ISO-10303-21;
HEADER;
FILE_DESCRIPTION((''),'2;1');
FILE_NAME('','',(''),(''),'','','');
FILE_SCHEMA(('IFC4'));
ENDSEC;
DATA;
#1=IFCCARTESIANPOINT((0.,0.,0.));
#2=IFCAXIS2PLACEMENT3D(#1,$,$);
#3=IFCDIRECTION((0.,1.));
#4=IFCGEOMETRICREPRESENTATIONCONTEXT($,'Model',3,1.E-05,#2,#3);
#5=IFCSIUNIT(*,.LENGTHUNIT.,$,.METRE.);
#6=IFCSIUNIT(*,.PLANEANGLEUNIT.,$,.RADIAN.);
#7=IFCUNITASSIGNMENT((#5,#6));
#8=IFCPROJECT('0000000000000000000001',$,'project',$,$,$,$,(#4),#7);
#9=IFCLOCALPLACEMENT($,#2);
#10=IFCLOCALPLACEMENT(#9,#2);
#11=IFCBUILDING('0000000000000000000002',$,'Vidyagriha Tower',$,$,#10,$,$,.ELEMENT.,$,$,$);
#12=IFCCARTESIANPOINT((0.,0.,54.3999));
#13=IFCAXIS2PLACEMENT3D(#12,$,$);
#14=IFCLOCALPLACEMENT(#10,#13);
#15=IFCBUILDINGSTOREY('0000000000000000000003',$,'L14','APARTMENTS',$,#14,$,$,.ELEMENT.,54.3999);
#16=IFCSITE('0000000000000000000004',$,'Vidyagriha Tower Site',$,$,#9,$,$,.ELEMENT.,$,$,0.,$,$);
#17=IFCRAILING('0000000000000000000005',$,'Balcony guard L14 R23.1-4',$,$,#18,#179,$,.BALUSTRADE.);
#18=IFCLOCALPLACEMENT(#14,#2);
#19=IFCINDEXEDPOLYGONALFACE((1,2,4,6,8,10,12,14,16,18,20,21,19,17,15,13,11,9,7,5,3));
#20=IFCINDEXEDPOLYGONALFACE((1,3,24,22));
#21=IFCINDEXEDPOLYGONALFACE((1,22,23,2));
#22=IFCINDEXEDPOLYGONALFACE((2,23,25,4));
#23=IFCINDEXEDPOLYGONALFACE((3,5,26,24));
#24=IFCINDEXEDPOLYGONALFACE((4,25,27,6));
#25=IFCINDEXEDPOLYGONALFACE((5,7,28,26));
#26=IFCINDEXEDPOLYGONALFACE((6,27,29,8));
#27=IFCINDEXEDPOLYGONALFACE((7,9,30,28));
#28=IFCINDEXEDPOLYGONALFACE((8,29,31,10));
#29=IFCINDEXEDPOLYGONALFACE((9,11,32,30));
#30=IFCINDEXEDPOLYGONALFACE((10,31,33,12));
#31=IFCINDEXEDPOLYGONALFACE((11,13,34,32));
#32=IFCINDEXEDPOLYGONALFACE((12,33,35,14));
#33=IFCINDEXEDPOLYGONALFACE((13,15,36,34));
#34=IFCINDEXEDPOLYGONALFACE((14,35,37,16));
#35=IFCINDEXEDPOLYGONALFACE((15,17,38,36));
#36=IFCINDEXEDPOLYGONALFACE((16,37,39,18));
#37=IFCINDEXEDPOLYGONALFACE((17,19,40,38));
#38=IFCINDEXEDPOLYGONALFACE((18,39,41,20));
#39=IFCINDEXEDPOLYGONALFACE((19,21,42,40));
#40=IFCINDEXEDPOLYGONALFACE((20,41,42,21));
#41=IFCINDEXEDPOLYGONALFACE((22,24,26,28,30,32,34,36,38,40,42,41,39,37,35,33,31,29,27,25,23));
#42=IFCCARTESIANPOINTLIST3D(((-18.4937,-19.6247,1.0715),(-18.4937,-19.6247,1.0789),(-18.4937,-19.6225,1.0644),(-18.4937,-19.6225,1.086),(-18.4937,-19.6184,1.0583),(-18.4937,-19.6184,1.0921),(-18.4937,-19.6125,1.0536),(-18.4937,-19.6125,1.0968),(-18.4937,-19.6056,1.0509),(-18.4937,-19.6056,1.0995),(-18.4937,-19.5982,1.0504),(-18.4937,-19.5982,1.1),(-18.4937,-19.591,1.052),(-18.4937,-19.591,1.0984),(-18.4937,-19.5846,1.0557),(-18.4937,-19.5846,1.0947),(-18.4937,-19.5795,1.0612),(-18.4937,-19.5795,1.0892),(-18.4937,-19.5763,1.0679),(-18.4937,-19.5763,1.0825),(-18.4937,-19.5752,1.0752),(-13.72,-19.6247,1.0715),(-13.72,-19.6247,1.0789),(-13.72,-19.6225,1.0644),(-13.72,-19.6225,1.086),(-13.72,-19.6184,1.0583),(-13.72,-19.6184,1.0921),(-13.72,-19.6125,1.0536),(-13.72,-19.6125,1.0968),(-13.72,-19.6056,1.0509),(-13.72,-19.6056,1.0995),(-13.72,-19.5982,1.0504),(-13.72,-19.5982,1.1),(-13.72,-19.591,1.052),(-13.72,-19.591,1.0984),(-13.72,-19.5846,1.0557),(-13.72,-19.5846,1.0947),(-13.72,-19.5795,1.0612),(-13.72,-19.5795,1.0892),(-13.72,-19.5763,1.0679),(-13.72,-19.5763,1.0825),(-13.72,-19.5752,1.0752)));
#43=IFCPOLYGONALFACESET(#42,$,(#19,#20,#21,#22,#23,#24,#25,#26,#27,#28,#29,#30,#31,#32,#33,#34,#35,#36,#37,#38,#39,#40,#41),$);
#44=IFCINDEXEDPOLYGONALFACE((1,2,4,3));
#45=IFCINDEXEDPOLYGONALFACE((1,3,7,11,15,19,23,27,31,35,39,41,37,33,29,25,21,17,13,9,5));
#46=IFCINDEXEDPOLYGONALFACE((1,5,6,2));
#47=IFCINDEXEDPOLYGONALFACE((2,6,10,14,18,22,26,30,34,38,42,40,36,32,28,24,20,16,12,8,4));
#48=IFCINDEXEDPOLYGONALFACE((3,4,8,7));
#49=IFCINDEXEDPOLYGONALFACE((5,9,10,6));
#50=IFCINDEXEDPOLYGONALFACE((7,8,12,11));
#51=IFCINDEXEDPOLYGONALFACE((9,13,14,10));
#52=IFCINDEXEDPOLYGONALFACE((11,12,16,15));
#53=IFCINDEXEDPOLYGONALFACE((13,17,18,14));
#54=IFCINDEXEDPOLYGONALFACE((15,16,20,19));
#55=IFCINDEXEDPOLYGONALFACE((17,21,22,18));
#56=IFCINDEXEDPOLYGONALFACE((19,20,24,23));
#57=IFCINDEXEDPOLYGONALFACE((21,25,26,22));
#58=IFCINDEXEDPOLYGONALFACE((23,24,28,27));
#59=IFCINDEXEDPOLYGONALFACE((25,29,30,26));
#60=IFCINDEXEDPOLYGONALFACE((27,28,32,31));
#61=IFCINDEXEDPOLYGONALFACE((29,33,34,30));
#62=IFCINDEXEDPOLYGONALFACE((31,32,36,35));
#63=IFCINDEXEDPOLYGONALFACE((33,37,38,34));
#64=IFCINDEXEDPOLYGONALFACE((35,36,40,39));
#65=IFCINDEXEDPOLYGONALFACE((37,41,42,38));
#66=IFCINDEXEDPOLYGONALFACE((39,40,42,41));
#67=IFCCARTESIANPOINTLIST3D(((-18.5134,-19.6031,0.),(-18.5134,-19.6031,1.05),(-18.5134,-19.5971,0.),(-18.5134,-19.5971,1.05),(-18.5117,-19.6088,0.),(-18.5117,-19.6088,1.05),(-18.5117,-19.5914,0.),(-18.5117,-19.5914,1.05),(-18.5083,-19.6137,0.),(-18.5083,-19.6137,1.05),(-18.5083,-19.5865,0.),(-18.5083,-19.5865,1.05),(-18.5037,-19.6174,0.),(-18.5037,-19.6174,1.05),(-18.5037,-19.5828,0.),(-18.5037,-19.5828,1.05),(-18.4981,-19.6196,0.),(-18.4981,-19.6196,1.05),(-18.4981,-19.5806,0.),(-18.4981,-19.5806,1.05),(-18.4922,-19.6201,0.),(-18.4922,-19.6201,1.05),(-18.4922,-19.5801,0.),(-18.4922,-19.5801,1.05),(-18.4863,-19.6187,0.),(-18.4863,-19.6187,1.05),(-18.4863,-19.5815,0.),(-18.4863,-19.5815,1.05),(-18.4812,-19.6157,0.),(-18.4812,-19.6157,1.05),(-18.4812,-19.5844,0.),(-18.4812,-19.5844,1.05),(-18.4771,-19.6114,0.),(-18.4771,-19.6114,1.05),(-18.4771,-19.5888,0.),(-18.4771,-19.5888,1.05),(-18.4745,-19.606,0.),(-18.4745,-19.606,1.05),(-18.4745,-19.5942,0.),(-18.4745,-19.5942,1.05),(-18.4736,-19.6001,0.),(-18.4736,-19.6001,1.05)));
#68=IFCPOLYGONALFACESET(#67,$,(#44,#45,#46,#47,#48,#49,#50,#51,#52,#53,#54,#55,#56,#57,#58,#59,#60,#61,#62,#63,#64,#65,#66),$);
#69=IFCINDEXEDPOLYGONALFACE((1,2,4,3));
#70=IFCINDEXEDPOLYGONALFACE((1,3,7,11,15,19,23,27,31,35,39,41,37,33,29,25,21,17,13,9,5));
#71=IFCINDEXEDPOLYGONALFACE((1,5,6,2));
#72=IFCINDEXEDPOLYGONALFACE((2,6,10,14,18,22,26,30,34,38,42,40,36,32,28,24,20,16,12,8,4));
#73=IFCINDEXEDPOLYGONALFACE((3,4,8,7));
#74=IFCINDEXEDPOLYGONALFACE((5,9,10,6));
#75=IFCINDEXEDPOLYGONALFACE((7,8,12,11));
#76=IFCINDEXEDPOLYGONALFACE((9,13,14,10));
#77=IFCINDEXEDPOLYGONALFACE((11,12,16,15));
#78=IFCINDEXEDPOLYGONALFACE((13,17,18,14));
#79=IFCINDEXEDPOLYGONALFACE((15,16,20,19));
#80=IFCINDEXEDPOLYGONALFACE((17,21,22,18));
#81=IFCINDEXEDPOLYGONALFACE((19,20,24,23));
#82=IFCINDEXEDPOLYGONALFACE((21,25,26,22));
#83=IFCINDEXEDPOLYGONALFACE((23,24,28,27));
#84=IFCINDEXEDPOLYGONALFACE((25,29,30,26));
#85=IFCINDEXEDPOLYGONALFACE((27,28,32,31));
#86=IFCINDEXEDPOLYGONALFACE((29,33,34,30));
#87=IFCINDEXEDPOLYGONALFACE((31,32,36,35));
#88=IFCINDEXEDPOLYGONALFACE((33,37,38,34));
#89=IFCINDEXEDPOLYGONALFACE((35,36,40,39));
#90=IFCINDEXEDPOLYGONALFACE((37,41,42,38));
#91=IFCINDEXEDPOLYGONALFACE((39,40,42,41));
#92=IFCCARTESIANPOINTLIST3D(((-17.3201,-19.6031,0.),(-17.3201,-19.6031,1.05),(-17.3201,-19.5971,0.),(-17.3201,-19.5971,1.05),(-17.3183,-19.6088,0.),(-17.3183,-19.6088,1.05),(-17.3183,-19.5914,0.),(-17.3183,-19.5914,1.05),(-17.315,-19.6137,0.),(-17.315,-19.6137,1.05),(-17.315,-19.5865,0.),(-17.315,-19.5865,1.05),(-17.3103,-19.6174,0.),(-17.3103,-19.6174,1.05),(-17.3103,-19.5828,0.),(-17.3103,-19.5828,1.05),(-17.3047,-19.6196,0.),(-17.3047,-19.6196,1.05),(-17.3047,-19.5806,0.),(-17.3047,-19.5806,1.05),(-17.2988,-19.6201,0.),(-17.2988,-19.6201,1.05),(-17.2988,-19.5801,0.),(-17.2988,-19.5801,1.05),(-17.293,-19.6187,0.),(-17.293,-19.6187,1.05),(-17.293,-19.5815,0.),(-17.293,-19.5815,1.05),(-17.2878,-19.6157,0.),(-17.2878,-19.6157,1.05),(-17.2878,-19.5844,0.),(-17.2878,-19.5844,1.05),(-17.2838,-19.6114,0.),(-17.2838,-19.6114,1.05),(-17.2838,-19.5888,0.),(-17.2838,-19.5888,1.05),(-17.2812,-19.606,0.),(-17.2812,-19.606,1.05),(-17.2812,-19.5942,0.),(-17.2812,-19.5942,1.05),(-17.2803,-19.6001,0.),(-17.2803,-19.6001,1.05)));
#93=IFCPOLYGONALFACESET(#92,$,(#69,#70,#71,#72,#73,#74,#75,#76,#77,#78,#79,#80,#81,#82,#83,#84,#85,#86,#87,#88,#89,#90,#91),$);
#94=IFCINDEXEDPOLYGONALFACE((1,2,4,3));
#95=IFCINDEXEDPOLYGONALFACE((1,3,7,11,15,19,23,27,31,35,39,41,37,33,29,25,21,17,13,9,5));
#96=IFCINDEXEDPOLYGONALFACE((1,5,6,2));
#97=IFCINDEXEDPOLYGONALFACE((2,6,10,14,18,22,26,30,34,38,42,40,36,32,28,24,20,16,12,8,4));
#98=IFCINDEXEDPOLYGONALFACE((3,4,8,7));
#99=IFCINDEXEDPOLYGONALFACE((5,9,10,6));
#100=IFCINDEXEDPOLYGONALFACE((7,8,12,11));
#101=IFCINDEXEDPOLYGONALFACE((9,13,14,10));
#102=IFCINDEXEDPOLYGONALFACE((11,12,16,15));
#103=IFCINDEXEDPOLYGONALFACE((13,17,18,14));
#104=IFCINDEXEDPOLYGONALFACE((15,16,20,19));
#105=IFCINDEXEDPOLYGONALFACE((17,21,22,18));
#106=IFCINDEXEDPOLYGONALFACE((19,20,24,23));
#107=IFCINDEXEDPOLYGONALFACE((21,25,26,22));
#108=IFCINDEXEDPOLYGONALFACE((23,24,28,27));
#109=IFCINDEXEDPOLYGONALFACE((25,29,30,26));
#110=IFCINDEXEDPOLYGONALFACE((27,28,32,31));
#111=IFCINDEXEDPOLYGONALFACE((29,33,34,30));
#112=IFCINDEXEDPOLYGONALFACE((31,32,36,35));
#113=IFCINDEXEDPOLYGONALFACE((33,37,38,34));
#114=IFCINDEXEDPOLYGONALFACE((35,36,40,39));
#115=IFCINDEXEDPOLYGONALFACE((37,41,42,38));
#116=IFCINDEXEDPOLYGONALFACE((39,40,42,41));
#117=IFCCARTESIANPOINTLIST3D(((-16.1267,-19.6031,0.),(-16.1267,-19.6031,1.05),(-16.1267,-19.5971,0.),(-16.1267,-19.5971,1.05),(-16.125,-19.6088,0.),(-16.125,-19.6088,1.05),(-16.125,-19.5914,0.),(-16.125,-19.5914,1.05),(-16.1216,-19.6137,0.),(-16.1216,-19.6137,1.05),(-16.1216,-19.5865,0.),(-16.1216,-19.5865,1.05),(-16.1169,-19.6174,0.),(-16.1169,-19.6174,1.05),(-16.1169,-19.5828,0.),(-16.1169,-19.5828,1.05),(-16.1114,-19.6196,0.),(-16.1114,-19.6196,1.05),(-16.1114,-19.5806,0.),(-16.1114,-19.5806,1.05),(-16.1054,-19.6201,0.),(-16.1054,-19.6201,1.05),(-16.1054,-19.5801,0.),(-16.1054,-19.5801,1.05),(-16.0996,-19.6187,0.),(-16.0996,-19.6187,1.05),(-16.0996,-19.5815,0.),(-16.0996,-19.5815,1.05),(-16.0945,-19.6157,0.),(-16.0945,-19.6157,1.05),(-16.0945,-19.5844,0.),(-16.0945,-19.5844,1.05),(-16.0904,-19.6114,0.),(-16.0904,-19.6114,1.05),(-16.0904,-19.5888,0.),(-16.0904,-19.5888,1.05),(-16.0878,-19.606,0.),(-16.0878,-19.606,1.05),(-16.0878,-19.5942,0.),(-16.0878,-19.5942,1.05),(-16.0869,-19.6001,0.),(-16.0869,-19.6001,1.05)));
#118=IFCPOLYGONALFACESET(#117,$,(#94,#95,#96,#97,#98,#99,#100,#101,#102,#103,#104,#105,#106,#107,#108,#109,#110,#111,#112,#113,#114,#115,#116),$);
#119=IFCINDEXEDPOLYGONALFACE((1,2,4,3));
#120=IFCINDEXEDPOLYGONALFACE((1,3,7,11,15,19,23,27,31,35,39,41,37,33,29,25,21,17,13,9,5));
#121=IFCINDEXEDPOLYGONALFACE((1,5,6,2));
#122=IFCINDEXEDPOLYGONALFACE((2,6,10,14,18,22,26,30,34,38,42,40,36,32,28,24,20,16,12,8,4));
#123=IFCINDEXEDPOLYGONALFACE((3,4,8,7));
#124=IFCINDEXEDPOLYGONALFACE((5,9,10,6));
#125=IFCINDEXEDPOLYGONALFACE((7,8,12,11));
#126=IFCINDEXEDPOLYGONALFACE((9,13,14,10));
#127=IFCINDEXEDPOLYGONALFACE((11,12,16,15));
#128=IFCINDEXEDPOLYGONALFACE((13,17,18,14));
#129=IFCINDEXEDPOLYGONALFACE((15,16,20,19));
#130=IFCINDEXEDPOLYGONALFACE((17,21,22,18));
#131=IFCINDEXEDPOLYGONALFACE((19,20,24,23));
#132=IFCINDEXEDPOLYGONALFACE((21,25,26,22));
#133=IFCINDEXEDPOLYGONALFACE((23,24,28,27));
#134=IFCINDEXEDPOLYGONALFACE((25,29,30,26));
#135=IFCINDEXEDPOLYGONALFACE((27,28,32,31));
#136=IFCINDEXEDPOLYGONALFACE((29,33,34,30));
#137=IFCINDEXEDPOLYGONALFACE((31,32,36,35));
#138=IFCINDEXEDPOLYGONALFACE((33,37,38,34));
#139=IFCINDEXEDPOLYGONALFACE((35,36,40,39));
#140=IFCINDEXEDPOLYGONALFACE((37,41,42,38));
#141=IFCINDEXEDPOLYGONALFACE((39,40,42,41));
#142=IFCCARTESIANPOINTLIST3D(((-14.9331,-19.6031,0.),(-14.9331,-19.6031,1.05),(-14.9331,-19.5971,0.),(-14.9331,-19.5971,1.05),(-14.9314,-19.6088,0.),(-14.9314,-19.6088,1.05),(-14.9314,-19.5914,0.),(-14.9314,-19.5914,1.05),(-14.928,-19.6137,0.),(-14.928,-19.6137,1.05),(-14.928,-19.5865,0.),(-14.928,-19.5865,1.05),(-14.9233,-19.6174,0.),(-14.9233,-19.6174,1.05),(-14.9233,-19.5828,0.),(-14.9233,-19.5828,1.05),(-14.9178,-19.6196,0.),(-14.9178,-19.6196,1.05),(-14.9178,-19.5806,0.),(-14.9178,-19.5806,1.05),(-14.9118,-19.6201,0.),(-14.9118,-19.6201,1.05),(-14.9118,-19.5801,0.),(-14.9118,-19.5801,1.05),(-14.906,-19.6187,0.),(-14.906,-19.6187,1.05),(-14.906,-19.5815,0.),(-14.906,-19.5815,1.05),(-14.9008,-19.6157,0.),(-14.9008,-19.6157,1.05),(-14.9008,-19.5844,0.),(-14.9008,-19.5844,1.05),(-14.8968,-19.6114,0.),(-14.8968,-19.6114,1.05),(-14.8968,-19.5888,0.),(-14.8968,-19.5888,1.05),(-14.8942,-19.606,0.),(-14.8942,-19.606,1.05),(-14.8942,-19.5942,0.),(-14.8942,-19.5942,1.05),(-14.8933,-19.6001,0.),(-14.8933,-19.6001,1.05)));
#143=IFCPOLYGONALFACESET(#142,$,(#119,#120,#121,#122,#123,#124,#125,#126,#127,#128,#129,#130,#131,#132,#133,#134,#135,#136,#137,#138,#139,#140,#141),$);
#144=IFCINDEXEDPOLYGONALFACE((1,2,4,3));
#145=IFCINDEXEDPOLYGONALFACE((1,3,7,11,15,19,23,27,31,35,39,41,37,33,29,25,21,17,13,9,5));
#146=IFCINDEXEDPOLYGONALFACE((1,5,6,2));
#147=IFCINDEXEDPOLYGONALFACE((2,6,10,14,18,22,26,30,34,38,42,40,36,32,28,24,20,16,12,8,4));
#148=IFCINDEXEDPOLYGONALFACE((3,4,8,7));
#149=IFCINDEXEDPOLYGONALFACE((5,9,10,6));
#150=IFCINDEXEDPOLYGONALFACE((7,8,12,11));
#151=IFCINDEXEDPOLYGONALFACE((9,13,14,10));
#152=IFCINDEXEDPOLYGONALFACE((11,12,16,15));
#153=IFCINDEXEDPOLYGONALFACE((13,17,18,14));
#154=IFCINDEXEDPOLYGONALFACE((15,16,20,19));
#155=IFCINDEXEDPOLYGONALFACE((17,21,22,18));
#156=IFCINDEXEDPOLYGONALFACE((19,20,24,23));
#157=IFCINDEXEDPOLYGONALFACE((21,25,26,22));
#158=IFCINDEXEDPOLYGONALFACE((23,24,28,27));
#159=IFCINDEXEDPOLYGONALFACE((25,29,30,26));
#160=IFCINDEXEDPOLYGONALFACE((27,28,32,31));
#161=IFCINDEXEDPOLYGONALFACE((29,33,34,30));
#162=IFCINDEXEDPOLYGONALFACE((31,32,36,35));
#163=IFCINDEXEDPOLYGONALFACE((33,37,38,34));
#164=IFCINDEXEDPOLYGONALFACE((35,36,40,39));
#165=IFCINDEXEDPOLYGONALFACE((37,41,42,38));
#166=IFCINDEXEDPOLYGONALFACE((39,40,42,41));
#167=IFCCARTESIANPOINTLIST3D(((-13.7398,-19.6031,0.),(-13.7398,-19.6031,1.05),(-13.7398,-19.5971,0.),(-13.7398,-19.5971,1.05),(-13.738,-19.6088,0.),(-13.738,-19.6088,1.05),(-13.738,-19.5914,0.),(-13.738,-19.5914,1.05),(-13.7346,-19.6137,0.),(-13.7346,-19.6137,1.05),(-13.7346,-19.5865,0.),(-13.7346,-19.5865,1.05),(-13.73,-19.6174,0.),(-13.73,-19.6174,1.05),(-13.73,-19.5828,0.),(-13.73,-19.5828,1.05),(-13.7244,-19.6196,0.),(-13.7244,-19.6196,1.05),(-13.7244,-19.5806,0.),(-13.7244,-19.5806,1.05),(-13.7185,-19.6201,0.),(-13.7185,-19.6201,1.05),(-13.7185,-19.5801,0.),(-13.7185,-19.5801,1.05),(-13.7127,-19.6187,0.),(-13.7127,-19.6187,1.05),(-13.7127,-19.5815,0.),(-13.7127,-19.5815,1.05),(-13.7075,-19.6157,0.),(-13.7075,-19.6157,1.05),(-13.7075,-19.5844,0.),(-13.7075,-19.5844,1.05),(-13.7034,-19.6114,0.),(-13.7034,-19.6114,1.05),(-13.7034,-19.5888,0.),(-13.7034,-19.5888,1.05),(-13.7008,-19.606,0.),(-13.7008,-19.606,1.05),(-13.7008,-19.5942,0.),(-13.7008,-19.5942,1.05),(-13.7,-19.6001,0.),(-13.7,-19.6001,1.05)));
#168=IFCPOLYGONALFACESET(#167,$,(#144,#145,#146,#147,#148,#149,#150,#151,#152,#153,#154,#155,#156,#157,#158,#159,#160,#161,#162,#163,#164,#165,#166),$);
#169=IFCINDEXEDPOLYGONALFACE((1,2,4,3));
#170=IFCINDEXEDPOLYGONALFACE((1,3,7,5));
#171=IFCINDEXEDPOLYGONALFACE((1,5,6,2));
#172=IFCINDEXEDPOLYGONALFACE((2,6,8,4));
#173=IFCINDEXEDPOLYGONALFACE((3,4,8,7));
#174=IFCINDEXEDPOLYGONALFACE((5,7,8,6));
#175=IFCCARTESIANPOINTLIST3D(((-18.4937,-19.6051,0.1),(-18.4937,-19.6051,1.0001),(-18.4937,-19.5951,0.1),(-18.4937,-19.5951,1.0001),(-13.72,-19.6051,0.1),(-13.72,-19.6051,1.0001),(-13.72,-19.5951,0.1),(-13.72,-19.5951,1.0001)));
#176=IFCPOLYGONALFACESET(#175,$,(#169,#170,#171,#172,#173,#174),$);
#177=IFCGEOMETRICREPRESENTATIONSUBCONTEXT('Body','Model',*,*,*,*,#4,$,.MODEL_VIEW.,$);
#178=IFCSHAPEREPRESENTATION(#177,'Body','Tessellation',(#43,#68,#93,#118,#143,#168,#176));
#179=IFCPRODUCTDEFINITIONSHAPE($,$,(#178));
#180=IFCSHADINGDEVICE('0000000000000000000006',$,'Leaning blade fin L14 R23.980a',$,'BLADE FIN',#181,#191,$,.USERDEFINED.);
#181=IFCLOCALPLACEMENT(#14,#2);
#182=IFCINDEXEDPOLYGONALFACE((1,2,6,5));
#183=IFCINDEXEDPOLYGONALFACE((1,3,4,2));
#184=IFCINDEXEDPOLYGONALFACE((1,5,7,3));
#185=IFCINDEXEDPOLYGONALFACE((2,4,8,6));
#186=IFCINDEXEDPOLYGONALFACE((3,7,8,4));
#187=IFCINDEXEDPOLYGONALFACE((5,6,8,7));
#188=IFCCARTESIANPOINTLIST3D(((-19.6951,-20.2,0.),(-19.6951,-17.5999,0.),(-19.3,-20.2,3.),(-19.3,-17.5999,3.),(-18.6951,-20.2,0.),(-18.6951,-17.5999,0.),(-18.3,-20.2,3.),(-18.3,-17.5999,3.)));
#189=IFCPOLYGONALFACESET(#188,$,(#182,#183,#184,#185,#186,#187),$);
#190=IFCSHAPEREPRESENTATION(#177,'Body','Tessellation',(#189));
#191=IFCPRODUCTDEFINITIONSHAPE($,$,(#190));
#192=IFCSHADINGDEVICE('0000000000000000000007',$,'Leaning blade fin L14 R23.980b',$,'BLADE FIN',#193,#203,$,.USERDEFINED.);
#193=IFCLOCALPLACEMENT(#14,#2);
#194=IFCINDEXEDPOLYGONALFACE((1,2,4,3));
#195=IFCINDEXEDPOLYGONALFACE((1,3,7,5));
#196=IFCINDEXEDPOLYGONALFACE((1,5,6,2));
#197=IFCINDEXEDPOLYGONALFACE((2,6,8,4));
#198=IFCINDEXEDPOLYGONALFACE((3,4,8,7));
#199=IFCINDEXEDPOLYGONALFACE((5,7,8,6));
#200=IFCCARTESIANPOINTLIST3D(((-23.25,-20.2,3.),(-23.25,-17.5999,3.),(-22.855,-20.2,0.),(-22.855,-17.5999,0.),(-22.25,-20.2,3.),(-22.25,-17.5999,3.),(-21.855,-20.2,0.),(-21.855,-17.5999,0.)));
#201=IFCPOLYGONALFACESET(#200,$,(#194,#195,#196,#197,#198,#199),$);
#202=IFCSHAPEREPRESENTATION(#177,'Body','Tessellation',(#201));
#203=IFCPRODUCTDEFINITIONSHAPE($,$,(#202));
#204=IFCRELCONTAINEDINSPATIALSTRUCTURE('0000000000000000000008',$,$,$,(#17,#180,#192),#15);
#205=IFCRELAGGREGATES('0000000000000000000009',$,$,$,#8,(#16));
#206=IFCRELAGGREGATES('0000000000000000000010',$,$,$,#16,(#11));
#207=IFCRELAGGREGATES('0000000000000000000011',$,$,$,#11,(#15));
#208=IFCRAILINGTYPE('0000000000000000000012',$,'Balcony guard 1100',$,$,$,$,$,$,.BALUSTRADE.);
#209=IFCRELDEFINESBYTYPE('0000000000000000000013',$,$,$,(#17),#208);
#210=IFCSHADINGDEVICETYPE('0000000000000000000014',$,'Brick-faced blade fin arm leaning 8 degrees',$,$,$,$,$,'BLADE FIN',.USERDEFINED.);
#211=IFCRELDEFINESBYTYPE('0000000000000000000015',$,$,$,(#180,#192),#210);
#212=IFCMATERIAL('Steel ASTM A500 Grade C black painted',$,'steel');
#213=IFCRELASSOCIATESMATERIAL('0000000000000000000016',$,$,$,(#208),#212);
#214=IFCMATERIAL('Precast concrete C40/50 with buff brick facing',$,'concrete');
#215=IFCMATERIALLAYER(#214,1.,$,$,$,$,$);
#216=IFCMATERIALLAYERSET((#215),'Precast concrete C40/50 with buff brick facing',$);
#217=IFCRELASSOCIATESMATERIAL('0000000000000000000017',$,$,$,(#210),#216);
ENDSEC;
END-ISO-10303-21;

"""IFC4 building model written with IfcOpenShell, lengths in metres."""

from ifc_helpers import new_model, si_unit, direction, frame, origin, origin_2d, place, context, subcontext, project, spatial, polyline, rectangle, circle, outline, extrude, material, layer, layer_set, type_object, element, save


model = new_model("IFC4")

# Units and contexts
model_context = context("Model", 3, precision=1e-05, world=origin(), true_north=direction((0.0, 1.0)))
body_context = subcontext(model_context, "Body", "Model", "MODEL_VIEW")
ifc_project = project(units=[si_unit("LENGTHUNIT", "METRE"), si_unit("PLANEANGLEUNIT", "RADIAN")], contexts=[model_context])

# Site, building, storey
site_placement = place(None, origin())
site = spatial("IfcSite", under=ifc_project, at=site_placement, Name="Vidyagriha Tower Site", CompositionType="ELEMENT", RefElevation=0.0)
building_placement = place(site_placement, origin())
building = spatial("IfcBuilding", under=site, at=building_placement, Name="Vidyagriha Tower", CompositionType="ELEMENT")
storey_placement = place(building_placement, frame((0.0, 0.0, 54.3999)))
storey = spatial("IfcBuildingStorey", under=building, at=storey_placement, Name="L14", Description="APARTMENTS", CompositionType="ELEMENT", Elevation=54.3999)

# Railing
ifc_material_1 = material(Name="Steel ASTM A500 Grade C black painted", Category="steel")
railing_type = type_object("IfcRailingType", Name="Balcony guard 1100", PredefinedType="BALUSTRADE", material=ifc_material_1)
railing_1_placement = place(storey_placement, frame((-18.4937, -19.6001, 0.0)))
element("IfcRailing", 1, at=railing_1_placement, inside=storey, type_object=railing_type, Name="Balcony guard L14 R23.1-4", PredefinedType="BALUSTRADE", context=body_context, shape_type="SweptSolid", body=[
    extrude(circle(Radius=0.0249, at=origin_2d()), frame((0.0, 0.0, 1.0752), z_axis=(1.0, 0.0, 0.0), x_axis=(0.0, 1.0, 0.0)), (0.0, 0.0, 1.0), 4.7737),
    extrude(circle(Radius=0.02, at=origin_2d()), origin(), (0.0, 0.0, 1.0), 1.05),
    extrude(circle(Radius=0.02, at=origin_2d()), frame((1.1934, 0.0, 0.0)), (0.0, 0.0, 1.0), 1.05),
    extrude(circle(Radius=0.02, at=origin_2d()), frame((2.3867, 0.0, 0.0)), (0.0, 0.0, 1.0), 1.05),
    extrude(circle(Radius=0.02, at=origin_2d()), frame((3.5803, 0.0, 0.0)), (0.0, 0.0, 1.0), 1.05),
    extrude(circle(Radius=0.02, at=origin_2d()), frame((4.7737, 0.0, 0.0)), (0.0, 0.0, 1.0), 1.05),
    extrude(rectangle(XDim=0.01, YDim=0.9001, at=origin_2d()), frame((0.0, 0.0, 0.55), z_axis=(1.0, 0.0, 0.0), x_axis=(0.0, 1.0, 0.0)), (0.0, 0.0, 1.0), 4.7737),
])

# Shading devices
ifc_material_2 = material(Name="Precast concrete C40/50 with buff brick facing", Category="concrete")
ifc_layer_1 = layer(ifc_material_2, 1.0)
ifc_layer_set_1 = layer_set([ifc_layer_1], Name="Precast concrete C40/50 with buff brick facing")
shading_device_type = type_object("IfcShadingDeviceType", Name="Brick-faced blade fin arm leaning 8 degrees", ElementType="BLADE FIN", PredefinedType="USERDEFINED", material=ifc_layer_set_1)
shading_device_1_placement = place(storey_placement, frame((-19.6951, -18.8999, 0.0)))
element("IfcShadingDevice", 2, at=shading_device_1_placement, inside=storey, type_object=shading_device_type, Name="Leaning blade fin L14 R23.980a", ObjectType="BLADE FIN", PredefinedType="USERDEFINED", context=body_context, shape_type="SweptSolid", body=[
    extrude(outline(polyline([(0.0, 0.0), (1.0, 0.0), (1.395, 3.0), (0.395, 3.0), (0.0, 0.0)])), frame((0.0, 1.3, 0.0), z_axis=(0.0, -1.0, 0.0), x_axis=(1.0, 0.0, 0.0)), (0.0, 0.0, 1.0), 2.6001),
])
shading_device_2_placement = place(storey_placement, frame((-23.25, -18.8999, 0.0)))
element("IfcShadingDevice", 3, at=shading_device_2_placement, inside=storey, type_object=shading_device_type, Name="Leaning blade fin L14 R23.980b", ObjectType="BLADE FIN", PredefinedType="USERDEFINED", context=body_context, shape_type="SweptSolid", body=[
    extrude(outline(polyline([(0.395, 0.0), (1.395, 0.0), (1.0, 3.0), (0.0, 3.0), (0.395, 0.0)])), frame((0.0, 1.3, 0.0), z_axis=(0.0, -1.0, 0.0), x_axis=(1.0, 0.0, 0.0)), (0.0, 0.0, 1.0), 2.6001),
])

save(model, "model.ifc")
